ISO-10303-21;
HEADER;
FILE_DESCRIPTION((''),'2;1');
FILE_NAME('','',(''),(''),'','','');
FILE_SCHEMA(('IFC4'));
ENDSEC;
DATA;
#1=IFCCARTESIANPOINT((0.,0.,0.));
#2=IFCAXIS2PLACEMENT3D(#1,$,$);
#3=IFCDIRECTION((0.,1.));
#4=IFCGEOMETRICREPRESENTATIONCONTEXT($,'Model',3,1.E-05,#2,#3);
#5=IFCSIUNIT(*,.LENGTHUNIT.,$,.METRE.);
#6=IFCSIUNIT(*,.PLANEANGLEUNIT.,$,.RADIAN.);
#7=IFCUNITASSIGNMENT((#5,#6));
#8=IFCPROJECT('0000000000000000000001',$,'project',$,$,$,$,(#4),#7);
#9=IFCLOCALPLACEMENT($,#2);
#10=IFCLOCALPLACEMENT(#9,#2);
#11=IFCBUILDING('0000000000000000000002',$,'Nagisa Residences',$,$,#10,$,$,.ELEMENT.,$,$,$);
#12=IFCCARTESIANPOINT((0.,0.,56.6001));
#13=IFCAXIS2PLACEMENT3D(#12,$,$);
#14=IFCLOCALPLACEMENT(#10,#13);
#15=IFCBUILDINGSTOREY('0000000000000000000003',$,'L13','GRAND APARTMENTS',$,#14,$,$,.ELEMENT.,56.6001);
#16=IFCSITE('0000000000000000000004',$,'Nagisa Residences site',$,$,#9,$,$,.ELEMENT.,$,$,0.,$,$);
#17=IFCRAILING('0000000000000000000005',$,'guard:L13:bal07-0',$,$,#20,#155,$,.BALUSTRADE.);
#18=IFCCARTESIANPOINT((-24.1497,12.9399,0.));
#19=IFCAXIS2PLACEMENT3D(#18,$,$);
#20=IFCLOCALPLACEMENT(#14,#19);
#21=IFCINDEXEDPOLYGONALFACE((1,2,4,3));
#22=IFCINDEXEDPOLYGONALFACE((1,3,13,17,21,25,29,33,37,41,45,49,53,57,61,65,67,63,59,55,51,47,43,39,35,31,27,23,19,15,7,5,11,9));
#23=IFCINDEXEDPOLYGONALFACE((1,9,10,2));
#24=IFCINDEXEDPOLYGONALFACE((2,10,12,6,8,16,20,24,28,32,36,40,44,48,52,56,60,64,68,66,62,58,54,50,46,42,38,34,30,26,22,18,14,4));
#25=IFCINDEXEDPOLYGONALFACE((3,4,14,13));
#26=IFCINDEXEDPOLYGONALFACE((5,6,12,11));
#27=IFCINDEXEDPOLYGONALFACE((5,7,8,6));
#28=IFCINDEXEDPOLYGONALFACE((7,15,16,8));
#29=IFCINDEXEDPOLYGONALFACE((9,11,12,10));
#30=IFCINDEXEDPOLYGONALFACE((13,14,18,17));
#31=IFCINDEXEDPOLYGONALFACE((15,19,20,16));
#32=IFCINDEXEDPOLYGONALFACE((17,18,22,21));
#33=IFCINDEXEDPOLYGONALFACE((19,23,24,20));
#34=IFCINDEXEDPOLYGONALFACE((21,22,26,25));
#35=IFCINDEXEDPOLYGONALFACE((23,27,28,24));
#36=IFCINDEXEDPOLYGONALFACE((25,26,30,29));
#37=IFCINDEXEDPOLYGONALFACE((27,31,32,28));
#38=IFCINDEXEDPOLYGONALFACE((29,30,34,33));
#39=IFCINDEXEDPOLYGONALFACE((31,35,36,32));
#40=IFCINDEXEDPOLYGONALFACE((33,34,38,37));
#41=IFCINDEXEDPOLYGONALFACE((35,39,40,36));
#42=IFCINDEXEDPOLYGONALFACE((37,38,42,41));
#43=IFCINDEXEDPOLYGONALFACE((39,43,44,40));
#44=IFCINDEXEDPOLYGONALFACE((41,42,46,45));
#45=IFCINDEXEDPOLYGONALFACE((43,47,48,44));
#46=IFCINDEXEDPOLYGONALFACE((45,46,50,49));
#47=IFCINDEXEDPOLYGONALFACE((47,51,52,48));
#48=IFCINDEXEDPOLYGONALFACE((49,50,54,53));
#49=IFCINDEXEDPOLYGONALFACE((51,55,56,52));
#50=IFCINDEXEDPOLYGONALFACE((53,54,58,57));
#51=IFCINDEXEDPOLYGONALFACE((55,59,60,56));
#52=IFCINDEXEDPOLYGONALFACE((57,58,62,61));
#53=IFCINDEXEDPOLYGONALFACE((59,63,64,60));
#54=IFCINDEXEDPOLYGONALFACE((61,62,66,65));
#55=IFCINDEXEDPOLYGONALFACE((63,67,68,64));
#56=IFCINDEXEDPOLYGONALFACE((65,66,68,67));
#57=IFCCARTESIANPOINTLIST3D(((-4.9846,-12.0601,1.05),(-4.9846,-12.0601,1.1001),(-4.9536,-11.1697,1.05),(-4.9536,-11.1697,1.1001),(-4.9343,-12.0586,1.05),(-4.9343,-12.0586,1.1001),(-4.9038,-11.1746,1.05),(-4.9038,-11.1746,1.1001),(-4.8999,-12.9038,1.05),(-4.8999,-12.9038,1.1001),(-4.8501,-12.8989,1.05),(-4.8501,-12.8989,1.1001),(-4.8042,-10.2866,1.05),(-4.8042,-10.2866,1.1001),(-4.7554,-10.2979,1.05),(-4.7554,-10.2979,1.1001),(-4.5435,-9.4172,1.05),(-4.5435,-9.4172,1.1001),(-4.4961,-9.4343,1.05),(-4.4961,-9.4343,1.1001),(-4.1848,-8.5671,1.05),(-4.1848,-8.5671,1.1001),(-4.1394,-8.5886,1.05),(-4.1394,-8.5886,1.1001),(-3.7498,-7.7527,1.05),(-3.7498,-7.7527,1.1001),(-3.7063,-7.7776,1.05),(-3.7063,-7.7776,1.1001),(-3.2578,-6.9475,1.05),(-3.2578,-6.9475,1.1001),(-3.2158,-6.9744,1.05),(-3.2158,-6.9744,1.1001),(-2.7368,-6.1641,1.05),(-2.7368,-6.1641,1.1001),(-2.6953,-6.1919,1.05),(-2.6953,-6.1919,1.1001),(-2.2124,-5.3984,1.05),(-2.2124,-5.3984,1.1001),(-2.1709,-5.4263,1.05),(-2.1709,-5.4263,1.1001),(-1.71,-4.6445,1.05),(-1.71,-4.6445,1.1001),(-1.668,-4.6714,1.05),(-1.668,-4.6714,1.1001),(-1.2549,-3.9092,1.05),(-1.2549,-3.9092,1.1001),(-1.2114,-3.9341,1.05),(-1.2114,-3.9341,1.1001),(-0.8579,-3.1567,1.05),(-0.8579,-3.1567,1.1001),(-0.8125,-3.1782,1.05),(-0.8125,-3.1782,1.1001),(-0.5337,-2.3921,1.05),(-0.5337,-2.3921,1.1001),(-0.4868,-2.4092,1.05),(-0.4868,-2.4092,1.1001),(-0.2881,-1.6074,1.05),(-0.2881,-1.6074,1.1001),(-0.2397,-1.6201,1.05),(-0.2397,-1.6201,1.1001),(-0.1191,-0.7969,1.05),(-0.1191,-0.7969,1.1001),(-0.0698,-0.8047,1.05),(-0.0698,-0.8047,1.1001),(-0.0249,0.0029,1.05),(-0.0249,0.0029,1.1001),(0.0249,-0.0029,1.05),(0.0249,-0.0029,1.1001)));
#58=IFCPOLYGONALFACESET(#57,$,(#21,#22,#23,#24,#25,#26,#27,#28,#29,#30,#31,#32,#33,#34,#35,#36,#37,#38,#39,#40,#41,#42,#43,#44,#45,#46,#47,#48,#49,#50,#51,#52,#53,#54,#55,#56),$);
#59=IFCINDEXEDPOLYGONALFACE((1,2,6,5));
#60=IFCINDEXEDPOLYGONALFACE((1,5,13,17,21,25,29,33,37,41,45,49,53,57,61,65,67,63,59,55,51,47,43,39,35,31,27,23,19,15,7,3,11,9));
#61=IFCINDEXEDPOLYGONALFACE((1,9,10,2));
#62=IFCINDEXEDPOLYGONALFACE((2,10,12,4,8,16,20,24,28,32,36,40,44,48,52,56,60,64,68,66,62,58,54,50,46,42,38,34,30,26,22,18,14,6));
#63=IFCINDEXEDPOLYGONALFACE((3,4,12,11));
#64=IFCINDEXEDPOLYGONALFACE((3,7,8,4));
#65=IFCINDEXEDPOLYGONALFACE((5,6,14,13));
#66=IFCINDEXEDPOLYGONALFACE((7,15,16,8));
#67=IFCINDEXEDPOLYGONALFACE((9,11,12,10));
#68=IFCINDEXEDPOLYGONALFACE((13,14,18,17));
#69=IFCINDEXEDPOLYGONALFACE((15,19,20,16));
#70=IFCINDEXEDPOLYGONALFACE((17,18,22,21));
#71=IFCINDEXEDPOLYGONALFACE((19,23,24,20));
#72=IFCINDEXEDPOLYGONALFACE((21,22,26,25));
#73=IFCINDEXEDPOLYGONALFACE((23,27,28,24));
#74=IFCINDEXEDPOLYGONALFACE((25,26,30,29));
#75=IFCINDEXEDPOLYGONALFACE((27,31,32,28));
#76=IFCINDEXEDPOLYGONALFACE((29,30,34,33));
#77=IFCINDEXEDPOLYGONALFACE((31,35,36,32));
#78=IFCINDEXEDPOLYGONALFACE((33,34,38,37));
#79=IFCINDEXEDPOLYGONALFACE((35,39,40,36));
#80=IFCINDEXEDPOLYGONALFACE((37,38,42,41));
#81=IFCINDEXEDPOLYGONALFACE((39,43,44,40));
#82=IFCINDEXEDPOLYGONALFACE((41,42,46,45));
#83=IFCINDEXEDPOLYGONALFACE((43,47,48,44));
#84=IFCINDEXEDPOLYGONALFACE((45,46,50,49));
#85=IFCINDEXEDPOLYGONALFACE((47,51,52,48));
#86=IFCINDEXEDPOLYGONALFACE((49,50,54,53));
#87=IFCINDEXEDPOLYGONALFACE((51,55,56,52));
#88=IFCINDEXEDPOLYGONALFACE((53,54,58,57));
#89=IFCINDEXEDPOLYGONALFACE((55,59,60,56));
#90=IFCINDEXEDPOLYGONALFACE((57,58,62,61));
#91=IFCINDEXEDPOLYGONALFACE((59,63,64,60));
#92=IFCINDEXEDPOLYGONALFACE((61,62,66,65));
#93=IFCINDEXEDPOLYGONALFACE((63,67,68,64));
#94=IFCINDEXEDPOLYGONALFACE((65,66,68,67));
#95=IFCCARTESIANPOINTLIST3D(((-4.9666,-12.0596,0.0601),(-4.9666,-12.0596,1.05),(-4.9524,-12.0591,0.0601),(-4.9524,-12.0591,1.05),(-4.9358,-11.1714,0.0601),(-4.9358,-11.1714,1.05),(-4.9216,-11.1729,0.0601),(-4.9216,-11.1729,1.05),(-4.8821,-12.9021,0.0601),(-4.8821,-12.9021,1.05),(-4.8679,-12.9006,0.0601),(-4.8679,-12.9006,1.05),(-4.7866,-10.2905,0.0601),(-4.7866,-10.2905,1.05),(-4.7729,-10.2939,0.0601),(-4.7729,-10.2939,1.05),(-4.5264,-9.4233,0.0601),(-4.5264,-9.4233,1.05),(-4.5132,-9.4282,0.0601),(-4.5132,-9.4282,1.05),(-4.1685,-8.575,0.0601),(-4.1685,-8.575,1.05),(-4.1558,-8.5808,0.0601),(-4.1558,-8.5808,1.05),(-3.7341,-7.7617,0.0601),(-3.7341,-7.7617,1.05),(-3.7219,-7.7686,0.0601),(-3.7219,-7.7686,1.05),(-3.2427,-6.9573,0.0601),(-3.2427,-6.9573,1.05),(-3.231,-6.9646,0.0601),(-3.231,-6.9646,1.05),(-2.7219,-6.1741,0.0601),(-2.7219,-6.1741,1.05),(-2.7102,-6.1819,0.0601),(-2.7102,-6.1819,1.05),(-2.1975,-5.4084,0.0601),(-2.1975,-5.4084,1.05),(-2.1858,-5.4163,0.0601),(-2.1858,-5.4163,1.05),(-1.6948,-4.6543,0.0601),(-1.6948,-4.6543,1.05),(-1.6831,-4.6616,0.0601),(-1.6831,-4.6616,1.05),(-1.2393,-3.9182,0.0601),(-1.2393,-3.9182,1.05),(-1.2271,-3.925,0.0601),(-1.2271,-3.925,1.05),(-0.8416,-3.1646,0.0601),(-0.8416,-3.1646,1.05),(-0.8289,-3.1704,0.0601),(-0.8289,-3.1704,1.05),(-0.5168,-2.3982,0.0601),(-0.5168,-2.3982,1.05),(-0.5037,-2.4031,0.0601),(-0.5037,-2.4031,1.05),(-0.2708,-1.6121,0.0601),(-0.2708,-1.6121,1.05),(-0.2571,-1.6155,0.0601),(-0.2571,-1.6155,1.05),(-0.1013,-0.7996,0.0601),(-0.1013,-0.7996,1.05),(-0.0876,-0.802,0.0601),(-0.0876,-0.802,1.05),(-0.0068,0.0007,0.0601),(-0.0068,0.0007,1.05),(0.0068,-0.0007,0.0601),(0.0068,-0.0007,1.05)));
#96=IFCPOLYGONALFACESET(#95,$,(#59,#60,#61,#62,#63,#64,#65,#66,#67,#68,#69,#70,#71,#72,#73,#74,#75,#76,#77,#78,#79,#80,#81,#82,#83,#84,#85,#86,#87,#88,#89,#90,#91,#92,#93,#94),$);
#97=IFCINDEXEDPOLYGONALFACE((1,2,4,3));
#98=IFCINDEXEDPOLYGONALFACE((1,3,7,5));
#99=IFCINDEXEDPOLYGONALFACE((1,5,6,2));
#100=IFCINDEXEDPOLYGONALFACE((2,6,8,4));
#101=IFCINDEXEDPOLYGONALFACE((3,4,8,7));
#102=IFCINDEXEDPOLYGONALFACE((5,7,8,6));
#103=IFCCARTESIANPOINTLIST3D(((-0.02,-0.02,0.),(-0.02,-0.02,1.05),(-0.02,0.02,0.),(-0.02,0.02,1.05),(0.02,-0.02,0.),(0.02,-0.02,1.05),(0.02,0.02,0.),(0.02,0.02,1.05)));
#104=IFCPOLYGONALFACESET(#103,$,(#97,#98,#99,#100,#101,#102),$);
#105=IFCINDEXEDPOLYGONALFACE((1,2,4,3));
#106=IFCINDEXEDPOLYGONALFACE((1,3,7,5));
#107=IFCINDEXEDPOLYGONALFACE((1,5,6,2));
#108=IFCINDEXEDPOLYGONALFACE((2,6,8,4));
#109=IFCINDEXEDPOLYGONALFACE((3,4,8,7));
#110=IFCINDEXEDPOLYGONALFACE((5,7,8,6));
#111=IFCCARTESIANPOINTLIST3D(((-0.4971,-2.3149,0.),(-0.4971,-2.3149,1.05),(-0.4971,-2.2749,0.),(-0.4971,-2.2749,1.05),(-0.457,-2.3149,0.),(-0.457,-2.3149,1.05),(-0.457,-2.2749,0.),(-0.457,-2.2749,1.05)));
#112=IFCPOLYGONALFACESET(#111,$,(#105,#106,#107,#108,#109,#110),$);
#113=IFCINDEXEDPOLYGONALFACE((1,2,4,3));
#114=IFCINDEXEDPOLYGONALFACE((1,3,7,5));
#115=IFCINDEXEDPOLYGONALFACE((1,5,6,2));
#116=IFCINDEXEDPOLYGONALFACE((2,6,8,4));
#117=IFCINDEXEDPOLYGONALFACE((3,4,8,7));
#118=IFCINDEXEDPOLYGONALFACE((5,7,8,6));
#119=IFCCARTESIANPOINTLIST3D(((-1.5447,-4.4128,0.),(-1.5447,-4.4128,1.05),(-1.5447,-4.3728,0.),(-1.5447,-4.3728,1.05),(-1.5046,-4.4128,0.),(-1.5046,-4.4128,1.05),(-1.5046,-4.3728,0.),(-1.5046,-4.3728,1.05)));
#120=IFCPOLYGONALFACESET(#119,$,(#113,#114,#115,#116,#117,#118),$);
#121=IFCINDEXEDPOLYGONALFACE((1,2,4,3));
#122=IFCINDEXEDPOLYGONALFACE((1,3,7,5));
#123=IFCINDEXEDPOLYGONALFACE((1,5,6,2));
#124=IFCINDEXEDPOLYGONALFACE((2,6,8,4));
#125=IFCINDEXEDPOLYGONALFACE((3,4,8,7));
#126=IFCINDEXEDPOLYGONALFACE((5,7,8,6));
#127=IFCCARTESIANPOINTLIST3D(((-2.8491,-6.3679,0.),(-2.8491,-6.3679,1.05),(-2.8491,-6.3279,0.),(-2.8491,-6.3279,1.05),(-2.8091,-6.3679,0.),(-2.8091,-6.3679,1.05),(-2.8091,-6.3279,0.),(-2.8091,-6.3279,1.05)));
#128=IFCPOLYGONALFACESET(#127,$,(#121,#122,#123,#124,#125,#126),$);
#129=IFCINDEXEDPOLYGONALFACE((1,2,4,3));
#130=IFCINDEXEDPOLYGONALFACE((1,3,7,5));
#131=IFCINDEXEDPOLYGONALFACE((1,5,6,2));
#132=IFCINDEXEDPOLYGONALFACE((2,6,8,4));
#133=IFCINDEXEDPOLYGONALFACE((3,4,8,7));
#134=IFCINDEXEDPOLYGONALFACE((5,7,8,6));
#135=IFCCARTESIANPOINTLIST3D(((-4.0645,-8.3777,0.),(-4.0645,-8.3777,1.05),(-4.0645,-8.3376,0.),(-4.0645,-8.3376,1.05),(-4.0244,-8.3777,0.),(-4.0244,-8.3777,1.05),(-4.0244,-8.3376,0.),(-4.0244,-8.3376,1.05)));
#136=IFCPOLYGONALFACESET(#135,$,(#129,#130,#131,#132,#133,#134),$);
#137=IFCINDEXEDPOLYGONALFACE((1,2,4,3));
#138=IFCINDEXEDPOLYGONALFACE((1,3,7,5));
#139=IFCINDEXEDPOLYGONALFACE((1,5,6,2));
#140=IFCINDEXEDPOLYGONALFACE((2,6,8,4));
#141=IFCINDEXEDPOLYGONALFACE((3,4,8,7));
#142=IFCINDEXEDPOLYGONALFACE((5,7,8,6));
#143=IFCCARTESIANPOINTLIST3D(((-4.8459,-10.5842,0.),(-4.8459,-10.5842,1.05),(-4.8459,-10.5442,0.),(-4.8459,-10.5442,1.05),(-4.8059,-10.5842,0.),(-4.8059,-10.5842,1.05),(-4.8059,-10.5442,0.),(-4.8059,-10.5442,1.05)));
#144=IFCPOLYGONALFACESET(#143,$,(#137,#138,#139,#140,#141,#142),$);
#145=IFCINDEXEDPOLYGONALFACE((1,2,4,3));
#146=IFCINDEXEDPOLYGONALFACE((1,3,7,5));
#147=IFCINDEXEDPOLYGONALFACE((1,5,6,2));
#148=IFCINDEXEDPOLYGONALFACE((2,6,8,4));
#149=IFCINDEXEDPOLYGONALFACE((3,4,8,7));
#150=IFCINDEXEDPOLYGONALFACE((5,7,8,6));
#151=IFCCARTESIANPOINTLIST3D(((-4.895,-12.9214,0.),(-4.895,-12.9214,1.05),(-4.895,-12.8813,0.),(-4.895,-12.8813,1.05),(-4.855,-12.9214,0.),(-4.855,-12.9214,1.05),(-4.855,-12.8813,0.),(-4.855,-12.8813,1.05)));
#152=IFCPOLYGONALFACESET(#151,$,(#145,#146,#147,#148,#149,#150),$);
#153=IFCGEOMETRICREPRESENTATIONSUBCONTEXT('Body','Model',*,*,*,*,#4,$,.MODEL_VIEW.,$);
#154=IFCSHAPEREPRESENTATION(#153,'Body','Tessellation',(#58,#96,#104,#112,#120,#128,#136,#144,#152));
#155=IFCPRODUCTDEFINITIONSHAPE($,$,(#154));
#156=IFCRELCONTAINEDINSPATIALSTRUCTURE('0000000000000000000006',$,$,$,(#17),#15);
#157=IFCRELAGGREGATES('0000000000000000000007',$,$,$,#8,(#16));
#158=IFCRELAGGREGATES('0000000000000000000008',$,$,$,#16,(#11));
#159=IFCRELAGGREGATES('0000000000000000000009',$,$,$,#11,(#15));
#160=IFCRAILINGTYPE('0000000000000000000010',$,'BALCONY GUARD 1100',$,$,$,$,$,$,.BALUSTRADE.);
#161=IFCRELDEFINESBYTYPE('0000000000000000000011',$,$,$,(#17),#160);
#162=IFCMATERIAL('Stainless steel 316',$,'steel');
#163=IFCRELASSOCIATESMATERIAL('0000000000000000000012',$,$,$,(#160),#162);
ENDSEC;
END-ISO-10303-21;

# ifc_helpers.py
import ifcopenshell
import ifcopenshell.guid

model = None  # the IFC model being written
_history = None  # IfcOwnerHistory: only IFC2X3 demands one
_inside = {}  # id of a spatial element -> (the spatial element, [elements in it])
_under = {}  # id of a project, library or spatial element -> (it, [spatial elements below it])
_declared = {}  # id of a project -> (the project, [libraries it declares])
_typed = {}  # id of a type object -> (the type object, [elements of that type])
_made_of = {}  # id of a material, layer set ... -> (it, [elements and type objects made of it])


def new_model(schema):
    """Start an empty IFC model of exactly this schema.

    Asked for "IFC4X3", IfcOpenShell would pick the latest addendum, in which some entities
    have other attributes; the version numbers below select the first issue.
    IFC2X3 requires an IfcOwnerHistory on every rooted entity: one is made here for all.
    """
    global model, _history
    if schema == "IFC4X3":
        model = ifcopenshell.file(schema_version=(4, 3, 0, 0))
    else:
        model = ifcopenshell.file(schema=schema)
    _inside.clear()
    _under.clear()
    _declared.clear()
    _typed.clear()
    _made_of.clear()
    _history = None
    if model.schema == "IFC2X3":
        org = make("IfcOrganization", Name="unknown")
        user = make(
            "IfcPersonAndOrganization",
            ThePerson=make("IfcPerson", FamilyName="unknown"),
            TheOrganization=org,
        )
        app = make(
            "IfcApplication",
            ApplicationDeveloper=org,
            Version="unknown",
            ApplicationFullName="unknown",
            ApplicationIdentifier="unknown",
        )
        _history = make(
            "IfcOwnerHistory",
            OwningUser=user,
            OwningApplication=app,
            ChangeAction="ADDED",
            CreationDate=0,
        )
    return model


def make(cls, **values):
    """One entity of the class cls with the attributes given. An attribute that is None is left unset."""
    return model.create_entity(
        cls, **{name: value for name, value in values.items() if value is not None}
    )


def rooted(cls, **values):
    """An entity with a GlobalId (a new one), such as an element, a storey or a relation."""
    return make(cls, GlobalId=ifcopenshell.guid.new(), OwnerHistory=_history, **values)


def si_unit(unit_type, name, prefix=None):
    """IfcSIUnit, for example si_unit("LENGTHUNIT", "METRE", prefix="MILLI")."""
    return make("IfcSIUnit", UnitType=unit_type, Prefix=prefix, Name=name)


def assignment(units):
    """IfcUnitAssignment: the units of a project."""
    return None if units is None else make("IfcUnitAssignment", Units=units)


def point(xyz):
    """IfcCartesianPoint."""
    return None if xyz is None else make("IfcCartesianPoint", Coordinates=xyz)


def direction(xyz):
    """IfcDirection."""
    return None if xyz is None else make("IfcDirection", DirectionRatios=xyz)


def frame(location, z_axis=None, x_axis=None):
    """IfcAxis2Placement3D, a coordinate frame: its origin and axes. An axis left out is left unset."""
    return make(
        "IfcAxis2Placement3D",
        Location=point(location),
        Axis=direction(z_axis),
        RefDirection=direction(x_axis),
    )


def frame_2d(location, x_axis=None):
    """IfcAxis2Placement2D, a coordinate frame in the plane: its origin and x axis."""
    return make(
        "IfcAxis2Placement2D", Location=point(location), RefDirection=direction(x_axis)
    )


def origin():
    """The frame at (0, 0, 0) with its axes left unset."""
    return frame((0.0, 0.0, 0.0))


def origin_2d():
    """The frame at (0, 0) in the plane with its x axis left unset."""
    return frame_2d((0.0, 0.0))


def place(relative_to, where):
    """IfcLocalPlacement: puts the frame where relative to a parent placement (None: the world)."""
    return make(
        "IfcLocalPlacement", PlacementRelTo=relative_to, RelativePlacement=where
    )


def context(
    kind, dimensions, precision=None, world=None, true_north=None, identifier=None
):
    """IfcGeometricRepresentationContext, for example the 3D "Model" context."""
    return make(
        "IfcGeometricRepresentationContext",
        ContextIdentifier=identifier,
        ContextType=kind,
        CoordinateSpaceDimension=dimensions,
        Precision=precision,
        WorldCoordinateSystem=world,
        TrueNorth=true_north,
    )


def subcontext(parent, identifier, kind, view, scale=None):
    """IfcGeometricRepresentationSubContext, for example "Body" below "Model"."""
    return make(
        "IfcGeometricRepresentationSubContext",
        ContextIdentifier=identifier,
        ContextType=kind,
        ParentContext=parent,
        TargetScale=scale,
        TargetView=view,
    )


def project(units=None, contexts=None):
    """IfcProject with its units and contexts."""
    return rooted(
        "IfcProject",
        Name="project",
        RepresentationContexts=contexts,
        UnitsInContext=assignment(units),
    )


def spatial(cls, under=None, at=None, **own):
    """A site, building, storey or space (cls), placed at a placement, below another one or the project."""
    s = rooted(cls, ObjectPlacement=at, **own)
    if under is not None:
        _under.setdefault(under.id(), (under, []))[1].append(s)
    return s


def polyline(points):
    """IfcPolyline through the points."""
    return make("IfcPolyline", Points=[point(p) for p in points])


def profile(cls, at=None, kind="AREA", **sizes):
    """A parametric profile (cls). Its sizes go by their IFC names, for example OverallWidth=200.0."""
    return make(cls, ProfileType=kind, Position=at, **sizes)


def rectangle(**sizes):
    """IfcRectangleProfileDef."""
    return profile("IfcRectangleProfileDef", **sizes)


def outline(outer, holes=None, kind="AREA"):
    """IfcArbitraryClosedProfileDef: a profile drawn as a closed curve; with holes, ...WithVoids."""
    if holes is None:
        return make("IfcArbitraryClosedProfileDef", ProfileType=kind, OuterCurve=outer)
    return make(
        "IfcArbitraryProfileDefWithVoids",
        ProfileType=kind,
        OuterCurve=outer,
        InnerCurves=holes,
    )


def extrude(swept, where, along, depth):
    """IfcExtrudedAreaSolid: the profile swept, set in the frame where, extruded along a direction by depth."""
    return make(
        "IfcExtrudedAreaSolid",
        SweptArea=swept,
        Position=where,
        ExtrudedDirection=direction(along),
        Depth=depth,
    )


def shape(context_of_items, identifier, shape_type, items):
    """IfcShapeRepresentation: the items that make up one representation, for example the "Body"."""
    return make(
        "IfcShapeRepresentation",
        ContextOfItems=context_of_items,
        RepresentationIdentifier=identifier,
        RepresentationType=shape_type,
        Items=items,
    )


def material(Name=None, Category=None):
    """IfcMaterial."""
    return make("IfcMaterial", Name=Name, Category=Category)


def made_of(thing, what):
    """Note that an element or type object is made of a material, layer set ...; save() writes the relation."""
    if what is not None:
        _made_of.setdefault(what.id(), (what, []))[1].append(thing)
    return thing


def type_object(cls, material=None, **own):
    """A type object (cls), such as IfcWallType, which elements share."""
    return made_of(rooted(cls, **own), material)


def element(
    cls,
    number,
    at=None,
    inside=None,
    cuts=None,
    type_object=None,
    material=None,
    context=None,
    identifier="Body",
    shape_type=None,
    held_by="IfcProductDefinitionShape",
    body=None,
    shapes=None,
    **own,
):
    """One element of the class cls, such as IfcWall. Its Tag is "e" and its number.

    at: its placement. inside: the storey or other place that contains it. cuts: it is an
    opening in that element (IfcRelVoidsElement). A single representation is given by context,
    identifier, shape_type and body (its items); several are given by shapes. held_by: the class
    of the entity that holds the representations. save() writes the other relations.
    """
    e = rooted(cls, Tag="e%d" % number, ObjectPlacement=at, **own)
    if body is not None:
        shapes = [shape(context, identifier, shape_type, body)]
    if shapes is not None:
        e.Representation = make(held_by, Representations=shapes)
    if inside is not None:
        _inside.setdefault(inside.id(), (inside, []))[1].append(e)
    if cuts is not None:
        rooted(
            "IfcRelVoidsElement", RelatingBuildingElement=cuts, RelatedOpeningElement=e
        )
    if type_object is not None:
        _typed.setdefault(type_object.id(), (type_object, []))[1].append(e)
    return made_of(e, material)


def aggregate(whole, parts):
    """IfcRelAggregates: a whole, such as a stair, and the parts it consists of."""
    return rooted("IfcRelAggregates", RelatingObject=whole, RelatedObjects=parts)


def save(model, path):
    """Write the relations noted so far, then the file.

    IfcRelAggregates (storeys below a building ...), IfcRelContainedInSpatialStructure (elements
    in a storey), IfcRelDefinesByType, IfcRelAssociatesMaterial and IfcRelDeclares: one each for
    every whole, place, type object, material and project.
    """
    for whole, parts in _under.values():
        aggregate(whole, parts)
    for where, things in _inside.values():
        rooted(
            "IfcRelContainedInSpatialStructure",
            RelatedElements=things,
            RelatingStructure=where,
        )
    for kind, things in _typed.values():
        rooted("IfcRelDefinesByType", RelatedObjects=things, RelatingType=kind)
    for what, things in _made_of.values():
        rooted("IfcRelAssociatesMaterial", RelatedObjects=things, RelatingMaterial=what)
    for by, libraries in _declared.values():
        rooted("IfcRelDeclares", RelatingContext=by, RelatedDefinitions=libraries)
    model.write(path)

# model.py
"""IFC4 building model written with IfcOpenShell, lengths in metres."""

from ifc_helpers import new_model, si_unit, direction, frame, origin, origin_2d, place, context, subcontext, project, spatial, polyline, rectangle, outline, extrude, material, type_object, element, save


model = new_model("IFC4")

# Units and contexts
model_context = context("Model", 3, precision=1e-05, world=origin(), true_north=direction((0.0, 1.0)))
body_context = subcontext(model_context, "Body", "Model", "MODEL_VIEW")
ifc_project = project(units=[si_unit("LENGTHUNIT", "METRE"), si_unit("PLANEANGLEUNIT", "RADIAN")], contexts=[model_context])

# Site, building, storey
site_placement = place(None, origin())
site = spatial("IfcSite", under=ifc_project, at=site_placement, Name="Nagisa Residences site", CompositionType="ELEMENT", RefElevation=0.0)
building_placement = place(site_placement, origin())
building = spatial("IfcBuilding", under=site, at=building_placement, Name="Nagisa Residences", CompositionType="ELEMENT")
storey_placement = place(building_placement, frame((0.0, 0.0, 56.6001)))
storey = spatial("IfcBuildingStorey", under=building, at=storey_placement, Name="L13", Description="GRAND APARTMENTS", CompositionType="ELEMENT", Elevation=56.6001)

# Railing
ifc_material_1 = material(Name="Stainless steel 316", Category="steel")
railing_type = type_object("IfcRailingType", Name="BALCONY GUARD 1100", PredefinedType="BALUSTRADE", material=ifc_material_1)
railing_1_placement = place(storey_placement, frame((-24.1497, 12.9399, 0.0)))
element("IfcRailing", 1, at=railing_1_placement, inside=storey, type_object=railing_type, Name="guard:L13:bal07-0", PredefinedType="BALUSTRADE", context=body_context, shape_type="SweptSolid", body=[
    extrude(outline(polyline([(-0.0698, -0.8047), (0.0249, -0.0029), (-0.0249, 0.0029), (-0.1191, -0.7969), (-0.2881, -1.6074), (-0.5337, -2.3921), (-0.8579, -3.1567), (-1.2549, -3.9092), (-1.71, -4.6445), (-2.2124, -5.3984), (-2.7368, -6.1641), (-3.2578, -6.9475), (-3.7498, -7.7527), (-4.1848, -8.5671), (-4.5435, -9.4172), (-4.8042, -10.2866), (-4.9536, -11.1697), (-4.9846, -12.0601), (-4.8999, -12.9038), (-4.8501, -12.8989), (-4.9343, -12.0586), (-4.9038, -11.1746), (-4.7554, -10.2979), (-4.4961, -9.4343), (-4.1394, -8.5886), (-3.7063, -7.7776), (-3.2158, -6.9744), (-2.6953, -6.1919), (-2.1709, -5.4263), (-1.668, -4.6714), (-1.2114, -3.9341), (-0.8125, -3.1782), (-0.4868, -2.4092), (-0.2397, -1.6201), (-0.0698, -0.8047)])), frame((0.0, 0.0, 1.05)), (0.0, 0.0, 1.0), 0.05),
    extrude(outline(polyline([(-0.0876, -0.802), (0.0068, -0.0007), (-0.0068, 0.0007), (-0.1013, -0.7996), (-0.2708, -1.6121), (-0.5168, -2.3982), (-0.8416, -3.1646), (-1.2393, -3.9182), (-1.6948, -4.6543), (-2.1975, -5.4084), (-2.7219, -6.1741), (-3.2427, -6.9573), (-3.7341, -7.7617), (-4.1685, -8.575), (-4.5264, -9.4233), (-4.7866, -10.2905), (-4.9358, -11.1714), (-4.9666, -12.0596), (-4.8821, -12.9021), (-4.8679, -12.9006), (-4.9524, -12.0591), (-4.9216, -11.1729), (-4.7729, -10.2939), (-4.5132, -9.4282), (-4.1558, -8.5808), (-3.7219, -7.7686), (-3.231, -6.9646), (-2.7102, -6.1819), (-2.1858, -5.4163), (-1.6831, -4.6616), (-1.2271, -3.925), (-0.8289, -3.1704), (-0.5037, -2.4031), (-0.2571, -1.6155), (-0.0876, -0.802)])), frame((0.0, 0.0, 0.0601)), (0.0, 0.0, 1.0), 0.99),
    extrude(rectangle(XDim=0.04, YDim=0.04, at=origin_2d()), origin(), (0.0, 0.0, 1.0), 1.05),
    extrude(rectangle(XDim=0.04, YDim=0.04, at=origin_2d()), frame((-0.4771, -2.2949, 0.0)), (0.0, 0.0, 1.0), 1.05),
    extrude(rectangle(XDim=0.04, YDim=0.04, at=origin_2d()), frame((-1.5247, -4.3928, 0.0)), (0.0, 0.0, 1.0), 1.05),
    extrude(rectangle(XDim=0.04, YDim=0.04, at=origin_2d()), frame((-2.8291, -6.3479, 0.0)), (0.0, 0.0, 1.0), 1.05),
    extrude(rectangle(XDim=0.04, YDim=0.04, at=origin_2d()), frame((-4.0444, -8.3577, 0.0)), (0.0, 0.0, 1.0), 1.05),
    extrude(rectangle(XDim=0.04, YDim=0.04, at=origin_2d()), frame((-4.8259, -10.5642, 0.0)), (0.0, 0.0, 1.0), 1.05),
    extrude(rectangle(XDim=0.04, YDim=0.04, at=origin_2d()), frame((-4.875, -12.9014, 0.0)), (0.0, 0.0, 1.0), 1.05),
])

save(model, "model.ifc")
